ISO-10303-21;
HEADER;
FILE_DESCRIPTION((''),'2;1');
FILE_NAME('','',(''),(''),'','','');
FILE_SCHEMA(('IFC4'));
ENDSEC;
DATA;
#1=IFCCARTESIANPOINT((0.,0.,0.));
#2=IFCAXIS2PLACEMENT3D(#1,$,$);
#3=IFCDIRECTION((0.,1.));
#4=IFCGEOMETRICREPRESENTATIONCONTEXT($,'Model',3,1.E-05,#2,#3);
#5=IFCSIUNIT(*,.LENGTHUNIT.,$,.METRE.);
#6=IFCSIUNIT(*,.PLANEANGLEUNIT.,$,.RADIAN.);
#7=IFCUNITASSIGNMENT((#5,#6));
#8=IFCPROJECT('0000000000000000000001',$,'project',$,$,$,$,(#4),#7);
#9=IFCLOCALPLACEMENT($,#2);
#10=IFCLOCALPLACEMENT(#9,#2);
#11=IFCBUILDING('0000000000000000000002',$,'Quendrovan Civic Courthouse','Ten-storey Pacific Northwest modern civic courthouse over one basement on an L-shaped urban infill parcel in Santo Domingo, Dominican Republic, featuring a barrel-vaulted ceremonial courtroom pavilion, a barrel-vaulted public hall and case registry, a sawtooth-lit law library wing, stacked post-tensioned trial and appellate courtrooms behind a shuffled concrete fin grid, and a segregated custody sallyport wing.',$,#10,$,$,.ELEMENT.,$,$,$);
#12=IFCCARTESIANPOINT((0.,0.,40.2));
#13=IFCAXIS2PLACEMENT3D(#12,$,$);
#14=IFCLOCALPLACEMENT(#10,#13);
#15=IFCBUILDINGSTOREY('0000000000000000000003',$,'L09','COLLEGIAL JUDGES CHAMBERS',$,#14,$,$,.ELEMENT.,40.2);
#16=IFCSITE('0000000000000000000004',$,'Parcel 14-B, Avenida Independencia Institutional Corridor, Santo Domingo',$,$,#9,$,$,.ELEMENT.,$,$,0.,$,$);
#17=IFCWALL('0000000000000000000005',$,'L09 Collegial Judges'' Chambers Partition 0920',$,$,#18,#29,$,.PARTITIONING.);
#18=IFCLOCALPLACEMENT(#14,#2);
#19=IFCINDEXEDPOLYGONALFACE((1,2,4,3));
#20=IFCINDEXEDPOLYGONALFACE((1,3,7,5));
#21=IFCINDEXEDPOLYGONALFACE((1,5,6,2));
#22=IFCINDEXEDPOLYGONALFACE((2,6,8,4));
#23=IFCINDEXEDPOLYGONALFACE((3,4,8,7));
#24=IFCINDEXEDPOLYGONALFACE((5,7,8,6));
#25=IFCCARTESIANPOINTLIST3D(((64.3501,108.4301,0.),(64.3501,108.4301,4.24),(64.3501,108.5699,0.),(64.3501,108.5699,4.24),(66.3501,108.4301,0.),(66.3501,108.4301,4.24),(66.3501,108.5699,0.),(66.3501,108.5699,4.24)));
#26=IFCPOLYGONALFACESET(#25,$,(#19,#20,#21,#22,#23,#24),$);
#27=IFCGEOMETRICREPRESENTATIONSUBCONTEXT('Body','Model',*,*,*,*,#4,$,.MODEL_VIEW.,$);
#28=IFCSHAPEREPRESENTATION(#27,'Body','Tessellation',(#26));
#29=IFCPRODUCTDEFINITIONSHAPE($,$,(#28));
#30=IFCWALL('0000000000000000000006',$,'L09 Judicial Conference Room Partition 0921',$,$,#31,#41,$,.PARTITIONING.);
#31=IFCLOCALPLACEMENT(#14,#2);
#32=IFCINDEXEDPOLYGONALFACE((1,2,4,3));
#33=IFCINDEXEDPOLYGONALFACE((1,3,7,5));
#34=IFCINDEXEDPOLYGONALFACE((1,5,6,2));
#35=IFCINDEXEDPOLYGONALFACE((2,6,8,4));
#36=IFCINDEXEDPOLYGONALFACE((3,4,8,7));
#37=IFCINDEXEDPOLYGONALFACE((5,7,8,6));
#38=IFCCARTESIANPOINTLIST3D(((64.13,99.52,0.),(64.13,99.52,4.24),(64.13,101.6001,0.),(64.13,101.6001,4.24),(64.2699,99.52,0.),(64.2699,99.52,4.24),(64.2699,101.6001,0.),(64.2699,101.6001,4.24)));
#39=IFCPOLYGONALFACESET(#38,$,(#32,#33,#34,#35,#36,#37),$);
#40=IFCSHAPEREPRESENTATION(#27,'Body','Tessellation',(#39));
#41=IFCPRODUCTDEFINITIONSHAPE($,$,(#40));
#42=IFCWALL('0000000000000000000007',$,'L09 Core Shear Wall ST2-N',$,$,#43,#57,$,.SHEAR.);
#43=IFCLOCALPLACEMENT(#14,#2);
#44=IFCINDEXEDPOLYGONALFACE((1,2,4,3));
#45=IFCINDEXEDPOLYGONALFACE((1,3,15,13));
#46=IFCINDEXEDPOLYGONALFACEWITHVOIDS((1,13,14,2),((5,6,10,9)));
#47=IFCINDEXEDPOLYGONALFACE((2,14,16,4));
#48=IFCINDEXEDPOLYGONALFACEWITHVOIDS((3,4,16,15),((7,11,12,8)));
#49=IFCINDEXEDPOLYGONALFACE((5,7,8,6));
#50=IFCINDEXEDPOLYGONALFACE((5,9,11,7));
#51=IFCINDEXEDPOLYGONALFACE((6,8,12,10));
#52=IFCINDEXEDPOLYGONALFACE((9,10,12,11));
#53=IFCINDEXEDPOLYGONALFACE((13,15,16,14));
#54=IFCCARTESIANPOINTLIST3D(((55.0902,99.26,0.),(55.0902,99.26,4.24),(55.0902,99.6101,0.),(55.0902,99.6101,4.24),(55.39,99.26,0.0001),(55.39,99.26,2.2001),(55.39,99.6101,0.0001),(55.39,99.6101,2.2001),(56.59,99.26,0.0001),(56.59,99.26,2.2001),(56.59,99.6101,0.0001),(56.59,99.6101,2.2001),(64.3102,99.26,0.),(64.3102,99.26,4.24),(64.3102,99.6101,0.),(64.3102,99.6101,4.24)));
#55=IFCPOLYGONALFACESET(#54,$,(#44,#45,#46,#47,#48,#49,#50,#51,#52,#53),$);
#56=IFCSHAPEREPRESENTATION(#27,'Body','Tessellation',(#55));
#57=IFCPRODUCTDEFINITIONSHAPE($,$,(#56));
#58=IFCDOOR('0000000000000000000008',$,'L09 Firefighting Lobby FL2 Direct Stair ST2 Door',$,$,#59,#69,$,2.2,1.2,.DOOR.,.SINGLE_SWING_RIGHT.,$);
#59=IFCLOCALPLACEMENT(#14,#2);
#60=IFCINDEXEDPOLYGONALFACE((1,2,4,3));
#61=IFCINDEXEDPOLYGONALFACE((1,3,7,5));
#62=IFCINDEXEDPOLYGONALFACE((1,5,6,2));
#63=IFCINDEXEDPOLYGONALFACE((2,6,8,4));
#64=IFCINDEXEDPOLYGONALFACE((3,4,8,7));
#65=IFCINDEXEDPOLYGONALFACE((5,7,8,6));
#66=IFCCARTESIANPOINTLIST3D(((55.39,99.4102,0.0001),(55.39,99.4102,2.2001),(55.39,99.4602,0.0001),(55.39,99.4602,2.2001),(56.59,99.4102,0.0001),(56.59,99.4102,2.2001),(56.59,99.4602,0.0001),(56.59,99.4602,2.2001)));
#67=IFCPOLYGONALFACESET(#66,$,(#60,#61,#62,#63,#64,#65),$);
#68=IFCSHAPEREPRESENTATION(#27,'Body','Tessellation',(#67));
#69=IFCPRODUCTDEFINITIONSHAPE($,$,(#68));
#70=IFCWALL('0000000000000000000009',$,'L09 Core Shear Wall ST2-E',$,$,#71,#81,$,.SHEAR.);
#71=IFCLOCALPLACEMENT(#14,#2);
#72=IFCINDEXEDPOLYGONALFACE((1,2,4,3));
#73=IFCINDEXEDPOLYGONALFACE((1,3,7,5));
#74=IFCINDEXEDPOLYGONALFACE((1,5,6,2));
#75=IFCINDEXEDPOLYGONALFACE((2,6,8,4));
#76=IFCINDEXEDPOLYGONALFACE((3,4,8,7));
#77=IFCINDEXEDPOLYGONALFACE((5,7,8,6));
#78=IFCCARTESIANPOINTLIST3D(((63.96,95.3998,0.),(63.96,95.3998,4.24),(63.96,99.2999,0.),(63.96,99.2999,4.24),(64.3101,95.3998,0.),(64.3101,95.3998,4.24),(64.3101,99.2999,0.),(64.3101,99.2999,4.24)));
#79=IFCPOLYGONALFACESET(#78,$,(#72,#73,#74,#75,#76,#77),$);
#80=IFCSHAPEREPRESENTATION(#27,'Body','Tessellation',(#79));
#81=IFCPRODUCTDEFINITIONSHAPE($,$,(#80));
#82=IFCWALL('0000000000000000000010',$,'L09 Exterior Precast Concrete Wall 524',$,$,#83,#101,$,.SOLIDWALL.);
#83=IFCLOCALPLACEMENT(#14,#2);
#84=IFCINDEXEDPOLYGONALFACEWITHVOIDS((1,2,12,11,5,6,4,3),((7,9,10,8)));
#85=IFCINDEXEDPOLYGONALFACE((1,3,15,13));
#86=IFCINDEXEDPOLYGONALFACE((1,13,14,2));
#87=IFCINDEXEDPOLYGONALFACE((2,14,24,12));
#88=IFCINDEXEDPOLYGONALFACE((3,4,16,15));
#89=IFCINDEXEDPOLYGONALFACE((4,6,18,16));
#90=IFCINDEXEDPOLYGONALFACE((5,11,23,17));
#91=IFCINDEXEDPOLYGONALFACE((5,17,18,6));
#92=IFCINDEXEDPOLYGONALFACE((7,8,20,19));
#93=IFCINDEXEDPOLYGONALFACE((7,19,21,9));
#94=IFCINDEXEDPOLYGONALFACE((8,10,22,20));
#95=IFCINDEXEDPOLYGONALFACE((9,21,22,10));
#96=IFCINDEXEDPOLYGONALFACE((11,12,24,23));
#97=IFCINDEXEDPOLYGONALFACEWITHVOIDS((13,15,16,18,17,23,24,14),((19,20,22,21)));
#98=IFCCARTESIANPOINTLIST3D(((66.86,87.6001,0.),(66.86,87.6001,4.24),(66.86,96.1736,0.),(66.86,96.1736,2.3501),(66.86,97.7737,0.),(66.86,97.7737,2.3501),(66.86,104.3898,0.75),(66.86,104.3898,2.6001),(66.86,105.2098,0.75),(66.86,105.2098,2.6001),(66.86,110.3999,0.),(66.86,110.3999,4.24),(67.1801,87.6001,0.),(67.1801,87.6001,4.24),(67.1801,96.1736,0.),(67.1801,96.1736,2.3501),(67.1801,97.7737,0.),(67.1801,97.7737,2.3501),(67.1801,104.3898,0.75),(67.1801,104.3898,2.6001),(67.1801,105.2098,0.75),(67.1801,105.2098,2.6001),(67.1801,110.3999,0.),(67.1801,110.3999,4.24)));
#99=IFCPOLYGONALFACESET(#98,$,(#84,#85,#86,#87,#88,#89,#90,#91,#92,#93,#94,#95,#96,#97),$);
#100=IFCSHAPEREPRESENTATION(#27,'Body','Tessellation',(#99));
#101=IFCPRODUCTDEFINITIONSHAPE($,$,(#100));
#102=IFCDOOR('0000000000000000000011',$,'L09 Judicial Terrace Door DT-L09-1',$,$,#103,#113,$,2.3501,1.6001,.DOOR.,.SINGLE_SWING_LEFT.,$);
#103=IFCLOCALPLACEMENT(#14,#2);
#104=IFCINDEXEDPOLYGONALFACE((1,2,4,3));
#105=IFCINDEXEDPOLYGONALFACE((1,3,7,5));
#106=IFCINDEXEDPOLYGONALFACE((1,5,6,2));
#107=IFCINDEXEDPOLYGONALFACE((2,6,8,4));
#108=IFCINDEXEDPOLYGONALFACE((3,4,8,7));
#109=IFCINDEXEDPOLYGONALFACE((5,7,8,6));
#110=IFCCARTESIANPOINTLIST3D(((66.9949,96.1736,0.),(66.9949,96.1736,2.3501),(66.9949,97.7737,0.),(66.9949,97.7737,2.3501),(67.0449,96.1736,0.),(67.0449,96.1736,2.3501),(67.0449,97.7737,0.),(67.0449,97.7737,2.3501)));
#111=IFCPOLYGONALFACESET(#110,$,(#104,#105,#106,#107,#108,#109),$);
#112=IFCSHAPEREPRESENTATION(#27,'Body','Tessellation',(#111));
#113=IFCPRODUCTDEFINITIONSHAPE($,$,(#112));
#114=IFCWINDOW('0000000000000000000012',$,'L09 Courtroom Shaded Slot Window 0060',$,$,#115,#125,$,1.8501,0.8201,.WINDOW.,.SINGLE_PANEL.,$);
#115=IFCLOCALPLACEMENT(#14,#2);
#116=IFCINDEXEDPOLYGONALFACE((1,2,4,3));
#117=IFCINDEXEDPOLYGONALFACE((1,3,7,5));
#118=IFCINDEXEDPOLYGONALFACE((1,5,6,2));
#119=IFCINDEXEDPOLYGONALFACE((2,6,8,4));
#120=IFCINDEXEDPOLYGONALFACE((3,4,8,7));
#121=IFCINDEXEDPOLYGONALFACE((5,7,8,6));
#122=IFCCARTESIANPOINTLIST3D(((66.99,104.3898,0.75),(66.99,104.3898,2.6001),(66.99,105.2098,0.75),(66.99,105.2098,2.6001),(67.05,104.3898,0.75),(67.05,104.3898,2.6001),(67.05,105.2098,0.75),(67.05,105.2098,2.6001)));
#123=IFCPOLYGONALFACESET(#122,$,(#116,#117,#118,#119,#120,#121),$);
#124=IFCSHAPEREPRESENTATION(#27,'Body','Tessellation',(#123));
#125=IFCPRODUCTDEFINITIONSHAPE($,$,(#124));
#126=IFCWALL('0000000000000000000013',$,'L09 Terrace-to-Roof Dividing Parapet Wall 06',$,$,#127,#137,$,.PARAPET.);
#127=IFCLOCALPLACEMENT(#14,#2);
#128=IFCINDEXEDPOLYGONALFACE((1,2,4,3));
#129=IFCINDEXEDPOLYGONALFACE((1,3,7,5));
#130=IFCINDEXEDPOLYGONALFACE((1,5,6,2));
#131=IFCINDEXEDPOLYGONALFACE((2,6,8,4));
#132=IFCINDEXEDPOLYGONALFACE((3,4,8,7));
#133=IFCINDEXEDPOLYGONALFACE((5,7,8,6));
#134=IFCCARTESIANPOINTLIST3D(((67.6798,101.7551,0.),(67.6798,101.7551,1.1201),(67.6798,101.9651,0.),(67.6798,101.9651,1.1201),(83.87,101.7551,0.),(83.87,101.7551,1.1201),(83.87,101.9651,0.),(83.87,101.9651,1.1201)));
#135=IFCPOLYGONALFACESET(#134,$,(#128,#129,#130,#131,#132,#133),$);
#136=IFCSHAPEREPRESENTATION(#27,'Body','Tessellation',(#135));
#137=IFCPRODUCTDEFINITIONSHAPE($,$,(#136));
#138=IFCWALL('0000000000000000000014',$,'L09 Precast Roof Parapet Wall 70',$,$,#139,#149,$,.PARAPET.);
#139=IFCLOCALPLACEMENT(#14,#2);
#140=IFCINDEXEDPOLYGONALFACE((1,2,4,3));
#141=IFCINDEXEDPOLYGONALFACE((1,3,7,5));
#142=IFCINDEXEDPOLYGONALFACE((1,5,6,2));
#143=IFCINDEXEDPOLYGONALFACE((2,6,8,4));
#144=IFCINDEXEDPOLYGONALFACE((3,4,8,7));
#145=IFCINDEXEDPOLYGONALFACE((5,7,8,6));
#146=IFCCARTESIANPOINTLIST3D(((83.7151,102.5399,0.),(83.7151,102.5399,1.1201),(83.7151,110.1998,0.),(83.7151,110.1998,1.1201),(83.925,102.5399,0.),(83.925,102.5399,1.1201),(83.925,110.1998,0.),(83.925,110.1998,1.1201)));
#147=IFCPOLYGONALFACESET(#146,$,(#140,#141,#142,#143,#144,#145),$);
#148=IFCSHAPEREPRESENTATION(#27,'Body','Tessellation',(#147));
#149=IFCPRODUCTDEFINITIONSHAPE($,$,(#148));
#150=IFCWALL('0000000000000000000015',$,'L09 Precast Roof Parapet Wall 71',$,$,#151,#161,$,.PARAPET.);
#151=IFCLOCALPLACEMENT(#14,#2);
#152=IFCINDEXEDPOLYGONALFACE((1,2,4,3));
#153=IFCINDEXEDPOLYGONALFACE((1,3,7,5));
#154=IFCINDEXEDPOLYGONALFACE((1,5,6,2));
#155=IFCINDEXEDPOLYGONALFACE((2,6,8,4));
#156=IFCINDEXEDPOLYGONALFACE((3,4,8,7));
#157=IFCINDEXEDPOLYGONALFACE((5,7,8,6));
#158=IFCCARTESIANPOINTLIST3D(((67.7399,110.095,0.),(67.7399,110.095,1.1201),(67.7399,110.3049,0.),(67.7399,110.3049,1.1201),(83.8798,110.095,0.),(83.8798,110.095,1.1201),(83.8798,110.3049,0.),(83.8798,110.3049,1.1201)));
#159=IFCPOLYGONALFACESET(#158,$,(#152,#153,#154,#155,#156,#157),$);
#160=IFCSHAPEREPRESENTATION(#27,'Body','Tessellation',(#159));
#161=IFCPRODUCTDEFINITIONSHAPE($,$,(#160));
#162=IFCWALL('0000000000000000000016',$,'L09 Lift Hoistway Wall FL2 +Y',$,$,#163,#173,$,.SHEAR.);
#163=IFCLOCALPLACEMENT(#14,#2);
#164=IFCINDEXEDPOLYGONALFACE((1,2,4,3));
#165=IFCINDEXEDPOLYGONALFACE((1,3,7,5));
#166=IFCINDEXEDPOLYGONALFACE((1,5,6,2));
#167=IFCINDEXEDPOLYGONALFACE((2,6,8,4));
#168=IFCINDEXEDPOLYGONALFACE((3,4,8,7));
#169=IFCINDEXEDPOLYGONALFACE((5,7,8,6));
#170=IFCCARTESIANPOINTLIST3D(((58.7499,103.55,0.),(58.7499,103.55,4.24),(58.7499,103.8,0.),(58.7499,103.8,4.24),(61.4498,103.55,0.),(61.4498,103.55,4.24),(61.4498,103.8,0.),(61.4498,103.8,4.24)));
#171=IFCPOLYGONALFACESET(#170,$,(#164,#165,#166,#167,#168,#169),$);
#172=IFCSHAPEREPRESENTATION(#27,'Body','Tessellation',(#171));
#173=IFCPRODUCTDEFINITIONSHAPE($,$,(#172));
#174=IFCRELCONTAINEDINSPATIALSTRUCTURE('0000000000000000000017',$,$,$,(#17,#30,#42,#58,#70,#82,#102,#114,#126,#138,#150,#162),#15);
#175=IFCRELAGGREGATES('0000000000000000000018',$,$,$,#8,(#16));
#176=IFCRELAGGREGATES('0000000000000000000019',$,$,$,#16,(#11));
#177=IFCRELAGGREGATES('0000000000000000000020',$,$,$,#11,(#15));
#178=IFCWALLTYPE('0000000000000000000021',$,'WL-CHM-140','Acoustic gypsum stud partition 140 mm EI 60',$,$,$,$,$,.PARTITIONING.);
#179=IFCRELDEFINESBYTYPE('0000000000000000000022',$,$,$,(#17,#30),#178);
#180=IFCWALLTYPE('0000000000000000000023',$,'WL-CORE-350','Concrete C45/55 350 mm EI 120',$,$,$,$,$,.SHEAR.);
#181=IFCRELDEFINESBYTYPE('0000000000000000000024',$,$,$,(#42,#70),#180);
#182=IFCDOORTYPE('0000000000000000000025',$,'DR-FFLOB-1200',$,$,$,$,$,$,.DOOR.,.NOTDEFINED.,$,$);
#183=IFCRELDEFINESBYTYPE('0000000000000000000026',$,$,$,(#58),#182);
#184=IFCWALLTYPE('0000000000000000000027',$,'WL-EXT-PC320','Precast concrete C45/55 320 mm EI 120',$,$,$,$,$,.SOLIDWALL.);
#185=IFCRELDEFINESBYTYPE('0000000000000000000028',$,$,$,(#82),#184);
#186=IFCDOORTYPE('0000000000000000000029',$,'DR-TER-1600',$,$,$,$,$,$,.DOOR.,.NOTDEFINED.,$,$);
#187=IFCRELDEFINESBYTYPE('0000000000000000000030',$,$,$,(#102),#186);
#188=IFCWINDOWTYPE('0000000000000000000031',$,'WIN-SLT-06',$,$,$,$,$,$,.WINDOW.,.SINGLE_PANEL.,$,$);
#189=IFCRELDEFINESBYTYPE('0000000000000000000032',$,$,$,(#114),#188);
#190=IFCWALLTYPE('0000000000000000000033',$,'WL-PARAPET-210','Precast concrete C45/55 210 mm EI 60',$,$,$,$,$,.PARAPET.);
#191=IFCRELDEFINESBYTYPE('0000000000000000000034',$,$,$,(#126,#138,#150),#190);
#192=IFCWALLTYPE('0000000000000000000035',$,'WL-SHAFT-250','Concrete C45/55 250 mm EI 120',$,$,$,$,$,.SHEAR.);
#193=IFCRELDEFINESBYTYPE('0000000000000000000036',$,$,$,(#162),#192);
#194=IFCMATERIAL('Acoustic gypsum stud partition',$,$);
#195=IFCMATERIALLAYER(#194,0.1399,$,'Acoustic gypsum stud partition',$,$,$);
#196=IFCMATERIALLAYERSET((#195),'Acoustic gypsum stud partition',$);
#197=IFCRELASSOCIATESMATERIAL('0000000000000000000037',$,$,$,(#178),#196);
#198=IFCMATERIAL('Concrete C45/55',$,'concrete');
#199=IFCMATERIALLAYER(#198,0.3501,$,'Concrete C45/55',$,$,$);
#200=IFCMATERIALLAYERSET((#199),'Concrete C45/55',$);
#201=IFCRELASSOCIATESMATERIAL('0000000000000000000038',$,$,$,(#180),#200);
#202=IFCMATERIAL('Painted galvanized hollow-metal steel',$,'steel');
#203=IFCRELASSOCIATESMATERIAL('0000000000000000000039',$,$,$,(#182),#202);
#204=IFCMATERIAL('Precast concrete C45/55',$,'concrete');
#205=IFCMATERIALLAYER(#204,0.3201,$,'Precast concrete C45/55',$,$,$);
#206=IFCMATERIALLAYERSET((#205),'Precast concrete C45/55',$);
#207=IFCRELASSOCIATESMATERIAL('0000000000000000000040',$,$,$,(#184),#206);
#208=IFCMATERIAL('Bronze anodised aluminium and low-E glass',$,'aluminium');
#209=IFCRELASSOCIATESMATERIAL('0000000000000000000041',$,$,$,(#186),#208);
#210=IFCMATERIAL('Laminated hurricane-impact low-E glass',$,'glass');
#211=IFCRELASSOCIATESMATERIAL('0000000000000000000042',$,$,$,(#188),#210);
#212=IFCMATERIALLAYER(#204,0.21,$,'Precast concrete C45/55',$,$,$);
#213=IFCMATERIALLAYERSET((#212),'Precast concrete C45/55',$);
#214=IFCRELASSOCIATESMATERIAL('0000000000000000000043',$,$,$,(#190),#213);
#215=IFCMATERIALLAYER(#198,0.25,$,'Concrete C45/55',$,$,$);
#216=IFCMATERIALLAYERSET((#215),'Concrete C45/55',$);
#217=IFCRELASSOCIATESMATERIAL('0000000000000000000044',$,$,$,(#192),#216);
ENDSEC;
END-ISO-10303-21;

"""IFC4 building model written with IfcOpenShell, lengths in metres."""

from ifc_helpers import new_model, si_unit, direction, frame, frame_2d, origin, place, context, subcontext, project, spatial, rectangle, extrude, material, layer, layer_set, type_object, element, fill, save


model = new_model("IFC4")

# Units and contexts
model_context = context("Model", 3, precision=1e-05, world=origin(), true_north=direction((0.0, 1.0)))
body_context = subcontext(model_context, "Body", "Model", "MODEL_VIEW")
ifc_project = project(units=[si_unit("LENGTHUNIT", "METRE"), si_unit("PLANEANGLEUNIT", "RADIAN")], contexts=[model_context])

# Site, building, storey
site_placement = place(None, origin())
site = spatial("IfcSite", under=ifc_project, at=site_placement, Name="Parcel 14-B, Avenida Independencia Institutional Corridor, Santo Domingo", CompositionType="ELEMENT", RefElevation=0.0)
building_placement = place(site_placement, origin())
building = spatial("IfcBuilding", under=site, at=building_placement, Name="Quendrovan Civic Courthouse", Description="Ten-storey Pacific Northwest modern civic courthouse over one basement on an L-shaped urban infill parcel in Santo Domingo, Dominican Republic, featuring a barrel-vaulted ceremonial courtroom pavilion, a barrel-vaulted public hall and case registry, a sawtooth-lit law library wing, stacked post-tensioned trial and appellate courtrooms behind a shuffled concrete fin grid, and a segregated custody sallyport wing.", CompositionType="ELEMENT")
storey_placement = place(building_placement, frame((0.0, 0.0, 40.2)))
storey = spatial("IfcBuildingStorey", under=building, at=storey_placement, Name="L09", Description="COLLEGIAL JUDGES CHAMBERS", CompositionType="ELEMENT", Elevation=40.2)

# Shared definitions
ifc_material_1 = material(Name="Concrete C45/55", Category="concrete")

# Shared definitions
ifc_material_2 = material(Name="Precast concrete C45/55", Category="concrete")

# Walls
ifc_material_3 = material(Name="Acoustic gypsum stud partition")
ifc_layer_1 = layer(ifc_material_3, 0.1399, Name="Acoustic gypsum stud partition")
ifc_layer_set_1 = layer_set([ifc_layer_1], Name="Acoustic gypsum stud partition")
wall_type_1 = type_object("IfcWallType", Name="WL-CHM-140", Description="Acoustic gypsum stud partition 140 mm EI 60", PredefinedType="PARTITIONING", material=ifc_layer_set_1)
wall_1_placement = place(storey_placement, frame((66.3501, 108.5, 0.0), z_axis=(0.0, 0.0, 1.0), x_axis=(-1.0, 0.0, 0.0)))
element("IfcWall", 1, at=wall_1_placement, inside=storey, type_object=wall_type_1, Name="L09 Collegial Judges' Chambers Partition 0920", PredefinedType="PARTITIONING", context=body_context, shape_type="SweptSolid", body=[
    extrude(rectangle(XDim=2.0, YDim=0.1399, at=frame_2d((1.0, 0.0))), origin(), (0.0, 0.0, 1.0), 4.24),
])
wall_2_placement = place(storey_placement, frame((64.2, 101.6001, 0.0), z_axis=(0.0, 0.0, 1.0), x_axis=(0.0, -1.0, 0.0)))
element("IfcWall", 2, at=wall_2_placement, inside=storey, type_object=wall_type_1, Name="L09 Judicial Conference Room Partition 0921", PredefinedType="PARTITIONING", context=body_context, shape_type="SweptSolid", body=[
    extrude(rectangle(XDim=2.0801, YDim=0.1399, at=frame_2d((1.04, 0.0))), origin(), (0.0, 0.0, 1.0), 4.24),
])

# Wall, opening, door
ifc_layer_2 = layer(ifc_material_1, 0.3501, Name="Concrete C45/55")
ifc_layer_set_2 = layer_set([ifc_layer_2], Name="Concrete C45/55")
wall_type_2 = type_object("IfcWallType", Name="WL-CORE-350", Description="Concrete C45/55 350 mm EI 120", PredefinedType="SHEAR", material=ifc_layer_set_2)
wall_3_placement = place(storey_placement, frame((64.3101, 99.4351, 0.0), z_axis=(0.0, 0.0, 1.0), x_axis=(-1.0, 0.0, 0.0)))
wall_3 = element("IfcWall", 3, at=wall_3_placement, inside=storey, type_object=wall_type_2, Name="L09 Core Shear Wall ST2-N", PredefinedType="SHEAR", context=body_context, shape_type="SweptSolid", body=[
    extrude(rectangle(XDim=9.22, YDim=0.3501, at=frame_2d((4.6099, 0.0))), origin(), (0.0, 0.0, 1.0), 4.24),
])
opening_1_placement = place(wall_3_placement, frame((7.72, 0.0, 0.0)))
opening_1 = element("IfcOpeningElement", 4, at=opening_1_placement, cuts=wall_3, PredefinedType="OPENING", context=body_context, shape_type="SweptSolid", body=[
    extrude(rectangle(XDim=1.2, YDim=2.2, at=frame_2d((0.6001, 1.1001))), frame((0.0, 0.1851, 0.0), z_axis=(0.0, -1.0, 0.0), x_axis=(1.0, 0.0, 0.0)), (0.0, 0.0, 1.0), 0.3701),
])
ifc_material_4 = material(Name="Painted galvanized hollow-metal steel", Category="steel")
door_type_1 = type_object("IfcDoorType", Name="DR-FFLOB-1200", OperationType="NOTDEFINED", PredefinedType="DOOR", material=ifc_material_4)
door_1_placement = place(opening_1_placement, origin())
door_1 = element("IfcDoor", 5, at=door_1_placement, inside=storey, type_object=door_type_1, Name="L09 Firefighting Lobby FL2 Direct Stair ST2 Door", OperationType="SINGLE_SWING_RIGHT", OverallHeight=2.2, OverallWidth=1.2, PredefinedType="DOOR", context=body_context, shape_type="SweptSolid", body=[
    extrude(rectangle(XDim=1.2, YDim=2.2, at=frame_2d((0.6001, 1.1001))), frame((0.0, 0.0249, 0.0), z_axis=(0.0, -1.0, 0.0), x_axis=(1.0, 0.0, 0.0)), (0.0, 0.0, 1.0), 0.05),
])
fill(opening_1, door_1)

# Wall
wall_4_placement = place(storey_placement, frame((64.135, 99.3, 0.0), z_axis=(0.0, 0.0, 1.0), x_axis=(0.0, -1.0, 0.0)))
element("IfcWall", 6, at=wall_4_placement, inside=storey, type_object=wall_type_2, Name="L09 Core Shear Wall ST2-E", PredefinedType="SHEAR", context=body_context, shape_type="SweptSolid", body=[
    extrude(rectangle(XDim=3.9001, YDim=0.3501, at=frame_2d((1.9502, 0.0))), origin(), (0.0, 0.0, 1.0), 4.24),
])

# Wall, openings, door, window
ifc_layer_3 = layer(ifc_material_2, 0.3201, Name="Precast concrete C45/55")
ifc_layer_set_3 = layer_set([ifc_layer_3], Name="Precast concrete C45/55")
wall_type_3 = type_object("IfcWallType", Name="WL-EXT-PC320", Description="Precast concrete C45/55 320 mm EI 120", PredefinedType="SOLIDWALL", material=ifc_layer_set_3)
wall_5_placement = place(storey_placement, frame((67.02, 110.3999, 0.0), z_axis=(0.0, 0.0, 1.0), x_axis=(0.0, -1.0, 0.0)))
wall_5 = element("IfcWall", 7, at=wall_5_placement, inside=storey, type_object=wall_type_3, Name="L09 Exterior Precast Concrete Wall 524", PredefinedType="SOLIDWALL", context=body_context, shape_type="SweptSolid", body=[
    extrude(rectangle(XDim=22.7998, YDim=0.3201, at=frame_2d((11.3999, 0.0))), origin(), (0.0, 0.0, 1.0), 4.24),
])
opening_2_placement = place(wall_5_placement, frame((12.6262, 0.0, 0.0)))
opening_2 = element("IfcOpeningElement", 8, at=opening_2_placement, cuts=wall_5, PredefinedType="OPENING", context=body_context, shape_type="SweptSolid", body=[
    extrude(rectangle(XDim=1.6001, YDim=2.3501, at=frame_2d((0.8, 1.175))), frame((0.0, 0.1699, 0.0), z_axis=(0.0, -1.0, 0.0), x_axis=(1.0, 0.0, 0.0)), (0.0, 0.0, 1.0), 0.3401),
])
opening_3_placement = place(wall_5_placement, frame((5.1899, 0.0, 0.75)))
opening_3 = element("IfcOpeningElement", 9, at=opening_3_placement, cuts=wall_5, PredefinedType="OPENING", context=body_context, shape_type="SweptSolid", body=[
    extrude(rectangle(XDim=0.8201, YDim=1.8501, at=frame_2d((0.4102, 0.925))), frame((0.0, 0.1699, 0.0), z_axis=(0.0, -1.0, 0.0), x_axis=(1.0, 0.0, 0.0)), (0.0, 0.0, 1.0), 0.3401),
])
ifc_material_5 = material(Name="Bronze anodised aluminium and low-E glass", Category="aluminium")
door_type_2 = type_object("IfcDoorType", Name="DR-TER-1600", OperationType="NOTDEFINED", PredefinedType="DOOR", material=ifc_material_5)
door_2_placement = place(opening_2_placement, origin())
door_2 = element("IfcDoor", 10, at=door_2_placement, inside=storey, type_object=door_type_2, Name="L09 Judicial Terrace Door DT-L09-1", OperationType="SINGLE_SWING_LEFT", OverallHeight=2.3501, OverallWidth=1.6001, PredefinedType="DOOR", context=body_context, shape_type="SweptSolid", body=[
    extrude(rectangle(XDim=1.6001, YDim=2.3501, at=frame_2d((0.8, 1.175))), frame((0.0, 0.0249, 0.0), z_axis=(0.0, -1.0, 0.0), x_axis=(1.0, 0.0, 0.0)), (0.0, 0.0, 1.0), 0.05),
])
fill(opening_2, door_2)
ifc_material_6 = material(Name="Laminated hurricane-impact low-E glass", Category="glass")
window_type = type_object("IfcWindowType", Name="WIN-SLT-06", PartitioningType="SINGLE_PANEL", PredefinedType="WINDOW", material=ifc_material_6)
window_placement = place(opening_3_placement, origin())
window = element("IfcWindow", 11, at=window_placement, inside=storey, type_object=window_type, Name="L09 Courtroom Shaded Slot Window 0060", OverallHeight=1.8501, OverallWidth=0.8201, PartitioningType="SINGLE_PANEL", PredefinedType="WINDOW", context=body_context, shape_type="SweptSolid", body=[
    extrude(rectangle(XDim=0.8201, YDim=1.8501, at=frame_2d((0.4102, 0.925))), frame((0.0, 0.03, 0.0), z_axis=(0.0, -1.0, 0.0), x_axis=(1.0, 0.0, 0.0)), (0.0, 0.0, 1.0), 0.0601),
])
fill(opening_3, window)

# Walls
ifc_layer_4 = layer(ifc_material_2, 0.21, Name="Precast concrete C45/55")
ifc_layer_set_4 = layer_set([ifc_layer_4], Name="Precast concrete C45/55")
wall_type_4 = type_object("IfcWallType", Name="WL-PARAPET-210", Description="Precast concrete C45/55 210 mm EI 60", PredefinedType="PARAPET", material=ifc_layer_set_4)
wall_6_placement = place(storey_placement, frame((83.8701, 101.8601, 0.0), z_axis=(0.0, 0.0, 1.0), x_axis=(-1.0, 0.0, 0.0)))
element("IfcWall", 12, at=wall_6_placement, inside=storey, type_object=wall_type_4, Name="L09 Terrace-to-Roof Dividing Parapet Wall 06", PredefinedType="PARAPET", context=body_context, shape_type="SweptSolid", body=[
    extrude(rectangle(XDim=16.1902, YDim=0.21, at=frame_2d((8.0952, 0.0))), origin(), (0.0, 0.0, 1.0), 1.1201),
])
wall_7_placement = place(storey_placement, frame((83.8201, 110.2, 0.0), z_axis=(0.0, 0.0, 1.0), x_axis=(0.0, -1.0, 0.0)))
element("IfcWall", 13, at=wall_7_placement, inside=storey, type_object=wall_type_4, Name="L09 Precast Roof Parapet Wall 70", PredefinedType="PARAPET", context=body_context, shape_type="SweptSolid", body=[
    extrude(rectangle(XDim=7.6599, YDim=0.21, at=frame_2d((3.8301, 0.0))), origin(), (0.0, 0.0, 1.0), 1.1201),
])
wall_8_placement = place(storey_placement, frame((67.74, 110.2, 0.0), z_axis=(0.0, 0.0, 1.0), x_axis=(1.0, 0.0, 0.0)))
element("IfcWall", 14, at=wall_8_placement, inside=storey, type_object=wall_type_4, Name="L09 Precast Roof Parapet Wall 71", PredefinedType="PARAPET", context=body_context, shape_type="SweptSolid", body=[
    extrude(rectangle(XDim=16.1399, YDim=0.21, at=frame_2d((8.0698, 0.0))), origin(), (0.0, 0.0, 1.0), 1.1201),
])
ifc_layer_5 = layer(ifc_material_1, 0.25, Name="Concrete C45/55")
ifc_layer_set_5 = layer_set([ifc_layer_5], Name="Concrete C45/55")
wall_type_5 = type_object("IfcWallType", Name="WL-SHAFT-250", Description="Concrete C45/55 250 mm EI 120", PredefinedType="SHEAR", material=ifc_layer_set_5)
wall_9_placement = place(storey_placement, frame((61.45, 103.675, 0.0), z_axis=(0.0, 0.0, 1.0), x_axis=(-1.0, 0.0, 0.0)))
element("IfcWall", 15, at=wall_9_placement, inside=storey, type_object=wall_type_5, Name="L09 Lift Hoistway Wall FL2 +Y", PredefinedType="SHEAR", context=body_context, shape_type="SweptSolid", body=[
    extrude(rectangle(XDim=2.7, YDim=0.25, at=frame_2d((1.3501, 0.0))), origin(), (0.0, 0.0, 1.0), 4.24),
])

save(model, "model.ifc")
